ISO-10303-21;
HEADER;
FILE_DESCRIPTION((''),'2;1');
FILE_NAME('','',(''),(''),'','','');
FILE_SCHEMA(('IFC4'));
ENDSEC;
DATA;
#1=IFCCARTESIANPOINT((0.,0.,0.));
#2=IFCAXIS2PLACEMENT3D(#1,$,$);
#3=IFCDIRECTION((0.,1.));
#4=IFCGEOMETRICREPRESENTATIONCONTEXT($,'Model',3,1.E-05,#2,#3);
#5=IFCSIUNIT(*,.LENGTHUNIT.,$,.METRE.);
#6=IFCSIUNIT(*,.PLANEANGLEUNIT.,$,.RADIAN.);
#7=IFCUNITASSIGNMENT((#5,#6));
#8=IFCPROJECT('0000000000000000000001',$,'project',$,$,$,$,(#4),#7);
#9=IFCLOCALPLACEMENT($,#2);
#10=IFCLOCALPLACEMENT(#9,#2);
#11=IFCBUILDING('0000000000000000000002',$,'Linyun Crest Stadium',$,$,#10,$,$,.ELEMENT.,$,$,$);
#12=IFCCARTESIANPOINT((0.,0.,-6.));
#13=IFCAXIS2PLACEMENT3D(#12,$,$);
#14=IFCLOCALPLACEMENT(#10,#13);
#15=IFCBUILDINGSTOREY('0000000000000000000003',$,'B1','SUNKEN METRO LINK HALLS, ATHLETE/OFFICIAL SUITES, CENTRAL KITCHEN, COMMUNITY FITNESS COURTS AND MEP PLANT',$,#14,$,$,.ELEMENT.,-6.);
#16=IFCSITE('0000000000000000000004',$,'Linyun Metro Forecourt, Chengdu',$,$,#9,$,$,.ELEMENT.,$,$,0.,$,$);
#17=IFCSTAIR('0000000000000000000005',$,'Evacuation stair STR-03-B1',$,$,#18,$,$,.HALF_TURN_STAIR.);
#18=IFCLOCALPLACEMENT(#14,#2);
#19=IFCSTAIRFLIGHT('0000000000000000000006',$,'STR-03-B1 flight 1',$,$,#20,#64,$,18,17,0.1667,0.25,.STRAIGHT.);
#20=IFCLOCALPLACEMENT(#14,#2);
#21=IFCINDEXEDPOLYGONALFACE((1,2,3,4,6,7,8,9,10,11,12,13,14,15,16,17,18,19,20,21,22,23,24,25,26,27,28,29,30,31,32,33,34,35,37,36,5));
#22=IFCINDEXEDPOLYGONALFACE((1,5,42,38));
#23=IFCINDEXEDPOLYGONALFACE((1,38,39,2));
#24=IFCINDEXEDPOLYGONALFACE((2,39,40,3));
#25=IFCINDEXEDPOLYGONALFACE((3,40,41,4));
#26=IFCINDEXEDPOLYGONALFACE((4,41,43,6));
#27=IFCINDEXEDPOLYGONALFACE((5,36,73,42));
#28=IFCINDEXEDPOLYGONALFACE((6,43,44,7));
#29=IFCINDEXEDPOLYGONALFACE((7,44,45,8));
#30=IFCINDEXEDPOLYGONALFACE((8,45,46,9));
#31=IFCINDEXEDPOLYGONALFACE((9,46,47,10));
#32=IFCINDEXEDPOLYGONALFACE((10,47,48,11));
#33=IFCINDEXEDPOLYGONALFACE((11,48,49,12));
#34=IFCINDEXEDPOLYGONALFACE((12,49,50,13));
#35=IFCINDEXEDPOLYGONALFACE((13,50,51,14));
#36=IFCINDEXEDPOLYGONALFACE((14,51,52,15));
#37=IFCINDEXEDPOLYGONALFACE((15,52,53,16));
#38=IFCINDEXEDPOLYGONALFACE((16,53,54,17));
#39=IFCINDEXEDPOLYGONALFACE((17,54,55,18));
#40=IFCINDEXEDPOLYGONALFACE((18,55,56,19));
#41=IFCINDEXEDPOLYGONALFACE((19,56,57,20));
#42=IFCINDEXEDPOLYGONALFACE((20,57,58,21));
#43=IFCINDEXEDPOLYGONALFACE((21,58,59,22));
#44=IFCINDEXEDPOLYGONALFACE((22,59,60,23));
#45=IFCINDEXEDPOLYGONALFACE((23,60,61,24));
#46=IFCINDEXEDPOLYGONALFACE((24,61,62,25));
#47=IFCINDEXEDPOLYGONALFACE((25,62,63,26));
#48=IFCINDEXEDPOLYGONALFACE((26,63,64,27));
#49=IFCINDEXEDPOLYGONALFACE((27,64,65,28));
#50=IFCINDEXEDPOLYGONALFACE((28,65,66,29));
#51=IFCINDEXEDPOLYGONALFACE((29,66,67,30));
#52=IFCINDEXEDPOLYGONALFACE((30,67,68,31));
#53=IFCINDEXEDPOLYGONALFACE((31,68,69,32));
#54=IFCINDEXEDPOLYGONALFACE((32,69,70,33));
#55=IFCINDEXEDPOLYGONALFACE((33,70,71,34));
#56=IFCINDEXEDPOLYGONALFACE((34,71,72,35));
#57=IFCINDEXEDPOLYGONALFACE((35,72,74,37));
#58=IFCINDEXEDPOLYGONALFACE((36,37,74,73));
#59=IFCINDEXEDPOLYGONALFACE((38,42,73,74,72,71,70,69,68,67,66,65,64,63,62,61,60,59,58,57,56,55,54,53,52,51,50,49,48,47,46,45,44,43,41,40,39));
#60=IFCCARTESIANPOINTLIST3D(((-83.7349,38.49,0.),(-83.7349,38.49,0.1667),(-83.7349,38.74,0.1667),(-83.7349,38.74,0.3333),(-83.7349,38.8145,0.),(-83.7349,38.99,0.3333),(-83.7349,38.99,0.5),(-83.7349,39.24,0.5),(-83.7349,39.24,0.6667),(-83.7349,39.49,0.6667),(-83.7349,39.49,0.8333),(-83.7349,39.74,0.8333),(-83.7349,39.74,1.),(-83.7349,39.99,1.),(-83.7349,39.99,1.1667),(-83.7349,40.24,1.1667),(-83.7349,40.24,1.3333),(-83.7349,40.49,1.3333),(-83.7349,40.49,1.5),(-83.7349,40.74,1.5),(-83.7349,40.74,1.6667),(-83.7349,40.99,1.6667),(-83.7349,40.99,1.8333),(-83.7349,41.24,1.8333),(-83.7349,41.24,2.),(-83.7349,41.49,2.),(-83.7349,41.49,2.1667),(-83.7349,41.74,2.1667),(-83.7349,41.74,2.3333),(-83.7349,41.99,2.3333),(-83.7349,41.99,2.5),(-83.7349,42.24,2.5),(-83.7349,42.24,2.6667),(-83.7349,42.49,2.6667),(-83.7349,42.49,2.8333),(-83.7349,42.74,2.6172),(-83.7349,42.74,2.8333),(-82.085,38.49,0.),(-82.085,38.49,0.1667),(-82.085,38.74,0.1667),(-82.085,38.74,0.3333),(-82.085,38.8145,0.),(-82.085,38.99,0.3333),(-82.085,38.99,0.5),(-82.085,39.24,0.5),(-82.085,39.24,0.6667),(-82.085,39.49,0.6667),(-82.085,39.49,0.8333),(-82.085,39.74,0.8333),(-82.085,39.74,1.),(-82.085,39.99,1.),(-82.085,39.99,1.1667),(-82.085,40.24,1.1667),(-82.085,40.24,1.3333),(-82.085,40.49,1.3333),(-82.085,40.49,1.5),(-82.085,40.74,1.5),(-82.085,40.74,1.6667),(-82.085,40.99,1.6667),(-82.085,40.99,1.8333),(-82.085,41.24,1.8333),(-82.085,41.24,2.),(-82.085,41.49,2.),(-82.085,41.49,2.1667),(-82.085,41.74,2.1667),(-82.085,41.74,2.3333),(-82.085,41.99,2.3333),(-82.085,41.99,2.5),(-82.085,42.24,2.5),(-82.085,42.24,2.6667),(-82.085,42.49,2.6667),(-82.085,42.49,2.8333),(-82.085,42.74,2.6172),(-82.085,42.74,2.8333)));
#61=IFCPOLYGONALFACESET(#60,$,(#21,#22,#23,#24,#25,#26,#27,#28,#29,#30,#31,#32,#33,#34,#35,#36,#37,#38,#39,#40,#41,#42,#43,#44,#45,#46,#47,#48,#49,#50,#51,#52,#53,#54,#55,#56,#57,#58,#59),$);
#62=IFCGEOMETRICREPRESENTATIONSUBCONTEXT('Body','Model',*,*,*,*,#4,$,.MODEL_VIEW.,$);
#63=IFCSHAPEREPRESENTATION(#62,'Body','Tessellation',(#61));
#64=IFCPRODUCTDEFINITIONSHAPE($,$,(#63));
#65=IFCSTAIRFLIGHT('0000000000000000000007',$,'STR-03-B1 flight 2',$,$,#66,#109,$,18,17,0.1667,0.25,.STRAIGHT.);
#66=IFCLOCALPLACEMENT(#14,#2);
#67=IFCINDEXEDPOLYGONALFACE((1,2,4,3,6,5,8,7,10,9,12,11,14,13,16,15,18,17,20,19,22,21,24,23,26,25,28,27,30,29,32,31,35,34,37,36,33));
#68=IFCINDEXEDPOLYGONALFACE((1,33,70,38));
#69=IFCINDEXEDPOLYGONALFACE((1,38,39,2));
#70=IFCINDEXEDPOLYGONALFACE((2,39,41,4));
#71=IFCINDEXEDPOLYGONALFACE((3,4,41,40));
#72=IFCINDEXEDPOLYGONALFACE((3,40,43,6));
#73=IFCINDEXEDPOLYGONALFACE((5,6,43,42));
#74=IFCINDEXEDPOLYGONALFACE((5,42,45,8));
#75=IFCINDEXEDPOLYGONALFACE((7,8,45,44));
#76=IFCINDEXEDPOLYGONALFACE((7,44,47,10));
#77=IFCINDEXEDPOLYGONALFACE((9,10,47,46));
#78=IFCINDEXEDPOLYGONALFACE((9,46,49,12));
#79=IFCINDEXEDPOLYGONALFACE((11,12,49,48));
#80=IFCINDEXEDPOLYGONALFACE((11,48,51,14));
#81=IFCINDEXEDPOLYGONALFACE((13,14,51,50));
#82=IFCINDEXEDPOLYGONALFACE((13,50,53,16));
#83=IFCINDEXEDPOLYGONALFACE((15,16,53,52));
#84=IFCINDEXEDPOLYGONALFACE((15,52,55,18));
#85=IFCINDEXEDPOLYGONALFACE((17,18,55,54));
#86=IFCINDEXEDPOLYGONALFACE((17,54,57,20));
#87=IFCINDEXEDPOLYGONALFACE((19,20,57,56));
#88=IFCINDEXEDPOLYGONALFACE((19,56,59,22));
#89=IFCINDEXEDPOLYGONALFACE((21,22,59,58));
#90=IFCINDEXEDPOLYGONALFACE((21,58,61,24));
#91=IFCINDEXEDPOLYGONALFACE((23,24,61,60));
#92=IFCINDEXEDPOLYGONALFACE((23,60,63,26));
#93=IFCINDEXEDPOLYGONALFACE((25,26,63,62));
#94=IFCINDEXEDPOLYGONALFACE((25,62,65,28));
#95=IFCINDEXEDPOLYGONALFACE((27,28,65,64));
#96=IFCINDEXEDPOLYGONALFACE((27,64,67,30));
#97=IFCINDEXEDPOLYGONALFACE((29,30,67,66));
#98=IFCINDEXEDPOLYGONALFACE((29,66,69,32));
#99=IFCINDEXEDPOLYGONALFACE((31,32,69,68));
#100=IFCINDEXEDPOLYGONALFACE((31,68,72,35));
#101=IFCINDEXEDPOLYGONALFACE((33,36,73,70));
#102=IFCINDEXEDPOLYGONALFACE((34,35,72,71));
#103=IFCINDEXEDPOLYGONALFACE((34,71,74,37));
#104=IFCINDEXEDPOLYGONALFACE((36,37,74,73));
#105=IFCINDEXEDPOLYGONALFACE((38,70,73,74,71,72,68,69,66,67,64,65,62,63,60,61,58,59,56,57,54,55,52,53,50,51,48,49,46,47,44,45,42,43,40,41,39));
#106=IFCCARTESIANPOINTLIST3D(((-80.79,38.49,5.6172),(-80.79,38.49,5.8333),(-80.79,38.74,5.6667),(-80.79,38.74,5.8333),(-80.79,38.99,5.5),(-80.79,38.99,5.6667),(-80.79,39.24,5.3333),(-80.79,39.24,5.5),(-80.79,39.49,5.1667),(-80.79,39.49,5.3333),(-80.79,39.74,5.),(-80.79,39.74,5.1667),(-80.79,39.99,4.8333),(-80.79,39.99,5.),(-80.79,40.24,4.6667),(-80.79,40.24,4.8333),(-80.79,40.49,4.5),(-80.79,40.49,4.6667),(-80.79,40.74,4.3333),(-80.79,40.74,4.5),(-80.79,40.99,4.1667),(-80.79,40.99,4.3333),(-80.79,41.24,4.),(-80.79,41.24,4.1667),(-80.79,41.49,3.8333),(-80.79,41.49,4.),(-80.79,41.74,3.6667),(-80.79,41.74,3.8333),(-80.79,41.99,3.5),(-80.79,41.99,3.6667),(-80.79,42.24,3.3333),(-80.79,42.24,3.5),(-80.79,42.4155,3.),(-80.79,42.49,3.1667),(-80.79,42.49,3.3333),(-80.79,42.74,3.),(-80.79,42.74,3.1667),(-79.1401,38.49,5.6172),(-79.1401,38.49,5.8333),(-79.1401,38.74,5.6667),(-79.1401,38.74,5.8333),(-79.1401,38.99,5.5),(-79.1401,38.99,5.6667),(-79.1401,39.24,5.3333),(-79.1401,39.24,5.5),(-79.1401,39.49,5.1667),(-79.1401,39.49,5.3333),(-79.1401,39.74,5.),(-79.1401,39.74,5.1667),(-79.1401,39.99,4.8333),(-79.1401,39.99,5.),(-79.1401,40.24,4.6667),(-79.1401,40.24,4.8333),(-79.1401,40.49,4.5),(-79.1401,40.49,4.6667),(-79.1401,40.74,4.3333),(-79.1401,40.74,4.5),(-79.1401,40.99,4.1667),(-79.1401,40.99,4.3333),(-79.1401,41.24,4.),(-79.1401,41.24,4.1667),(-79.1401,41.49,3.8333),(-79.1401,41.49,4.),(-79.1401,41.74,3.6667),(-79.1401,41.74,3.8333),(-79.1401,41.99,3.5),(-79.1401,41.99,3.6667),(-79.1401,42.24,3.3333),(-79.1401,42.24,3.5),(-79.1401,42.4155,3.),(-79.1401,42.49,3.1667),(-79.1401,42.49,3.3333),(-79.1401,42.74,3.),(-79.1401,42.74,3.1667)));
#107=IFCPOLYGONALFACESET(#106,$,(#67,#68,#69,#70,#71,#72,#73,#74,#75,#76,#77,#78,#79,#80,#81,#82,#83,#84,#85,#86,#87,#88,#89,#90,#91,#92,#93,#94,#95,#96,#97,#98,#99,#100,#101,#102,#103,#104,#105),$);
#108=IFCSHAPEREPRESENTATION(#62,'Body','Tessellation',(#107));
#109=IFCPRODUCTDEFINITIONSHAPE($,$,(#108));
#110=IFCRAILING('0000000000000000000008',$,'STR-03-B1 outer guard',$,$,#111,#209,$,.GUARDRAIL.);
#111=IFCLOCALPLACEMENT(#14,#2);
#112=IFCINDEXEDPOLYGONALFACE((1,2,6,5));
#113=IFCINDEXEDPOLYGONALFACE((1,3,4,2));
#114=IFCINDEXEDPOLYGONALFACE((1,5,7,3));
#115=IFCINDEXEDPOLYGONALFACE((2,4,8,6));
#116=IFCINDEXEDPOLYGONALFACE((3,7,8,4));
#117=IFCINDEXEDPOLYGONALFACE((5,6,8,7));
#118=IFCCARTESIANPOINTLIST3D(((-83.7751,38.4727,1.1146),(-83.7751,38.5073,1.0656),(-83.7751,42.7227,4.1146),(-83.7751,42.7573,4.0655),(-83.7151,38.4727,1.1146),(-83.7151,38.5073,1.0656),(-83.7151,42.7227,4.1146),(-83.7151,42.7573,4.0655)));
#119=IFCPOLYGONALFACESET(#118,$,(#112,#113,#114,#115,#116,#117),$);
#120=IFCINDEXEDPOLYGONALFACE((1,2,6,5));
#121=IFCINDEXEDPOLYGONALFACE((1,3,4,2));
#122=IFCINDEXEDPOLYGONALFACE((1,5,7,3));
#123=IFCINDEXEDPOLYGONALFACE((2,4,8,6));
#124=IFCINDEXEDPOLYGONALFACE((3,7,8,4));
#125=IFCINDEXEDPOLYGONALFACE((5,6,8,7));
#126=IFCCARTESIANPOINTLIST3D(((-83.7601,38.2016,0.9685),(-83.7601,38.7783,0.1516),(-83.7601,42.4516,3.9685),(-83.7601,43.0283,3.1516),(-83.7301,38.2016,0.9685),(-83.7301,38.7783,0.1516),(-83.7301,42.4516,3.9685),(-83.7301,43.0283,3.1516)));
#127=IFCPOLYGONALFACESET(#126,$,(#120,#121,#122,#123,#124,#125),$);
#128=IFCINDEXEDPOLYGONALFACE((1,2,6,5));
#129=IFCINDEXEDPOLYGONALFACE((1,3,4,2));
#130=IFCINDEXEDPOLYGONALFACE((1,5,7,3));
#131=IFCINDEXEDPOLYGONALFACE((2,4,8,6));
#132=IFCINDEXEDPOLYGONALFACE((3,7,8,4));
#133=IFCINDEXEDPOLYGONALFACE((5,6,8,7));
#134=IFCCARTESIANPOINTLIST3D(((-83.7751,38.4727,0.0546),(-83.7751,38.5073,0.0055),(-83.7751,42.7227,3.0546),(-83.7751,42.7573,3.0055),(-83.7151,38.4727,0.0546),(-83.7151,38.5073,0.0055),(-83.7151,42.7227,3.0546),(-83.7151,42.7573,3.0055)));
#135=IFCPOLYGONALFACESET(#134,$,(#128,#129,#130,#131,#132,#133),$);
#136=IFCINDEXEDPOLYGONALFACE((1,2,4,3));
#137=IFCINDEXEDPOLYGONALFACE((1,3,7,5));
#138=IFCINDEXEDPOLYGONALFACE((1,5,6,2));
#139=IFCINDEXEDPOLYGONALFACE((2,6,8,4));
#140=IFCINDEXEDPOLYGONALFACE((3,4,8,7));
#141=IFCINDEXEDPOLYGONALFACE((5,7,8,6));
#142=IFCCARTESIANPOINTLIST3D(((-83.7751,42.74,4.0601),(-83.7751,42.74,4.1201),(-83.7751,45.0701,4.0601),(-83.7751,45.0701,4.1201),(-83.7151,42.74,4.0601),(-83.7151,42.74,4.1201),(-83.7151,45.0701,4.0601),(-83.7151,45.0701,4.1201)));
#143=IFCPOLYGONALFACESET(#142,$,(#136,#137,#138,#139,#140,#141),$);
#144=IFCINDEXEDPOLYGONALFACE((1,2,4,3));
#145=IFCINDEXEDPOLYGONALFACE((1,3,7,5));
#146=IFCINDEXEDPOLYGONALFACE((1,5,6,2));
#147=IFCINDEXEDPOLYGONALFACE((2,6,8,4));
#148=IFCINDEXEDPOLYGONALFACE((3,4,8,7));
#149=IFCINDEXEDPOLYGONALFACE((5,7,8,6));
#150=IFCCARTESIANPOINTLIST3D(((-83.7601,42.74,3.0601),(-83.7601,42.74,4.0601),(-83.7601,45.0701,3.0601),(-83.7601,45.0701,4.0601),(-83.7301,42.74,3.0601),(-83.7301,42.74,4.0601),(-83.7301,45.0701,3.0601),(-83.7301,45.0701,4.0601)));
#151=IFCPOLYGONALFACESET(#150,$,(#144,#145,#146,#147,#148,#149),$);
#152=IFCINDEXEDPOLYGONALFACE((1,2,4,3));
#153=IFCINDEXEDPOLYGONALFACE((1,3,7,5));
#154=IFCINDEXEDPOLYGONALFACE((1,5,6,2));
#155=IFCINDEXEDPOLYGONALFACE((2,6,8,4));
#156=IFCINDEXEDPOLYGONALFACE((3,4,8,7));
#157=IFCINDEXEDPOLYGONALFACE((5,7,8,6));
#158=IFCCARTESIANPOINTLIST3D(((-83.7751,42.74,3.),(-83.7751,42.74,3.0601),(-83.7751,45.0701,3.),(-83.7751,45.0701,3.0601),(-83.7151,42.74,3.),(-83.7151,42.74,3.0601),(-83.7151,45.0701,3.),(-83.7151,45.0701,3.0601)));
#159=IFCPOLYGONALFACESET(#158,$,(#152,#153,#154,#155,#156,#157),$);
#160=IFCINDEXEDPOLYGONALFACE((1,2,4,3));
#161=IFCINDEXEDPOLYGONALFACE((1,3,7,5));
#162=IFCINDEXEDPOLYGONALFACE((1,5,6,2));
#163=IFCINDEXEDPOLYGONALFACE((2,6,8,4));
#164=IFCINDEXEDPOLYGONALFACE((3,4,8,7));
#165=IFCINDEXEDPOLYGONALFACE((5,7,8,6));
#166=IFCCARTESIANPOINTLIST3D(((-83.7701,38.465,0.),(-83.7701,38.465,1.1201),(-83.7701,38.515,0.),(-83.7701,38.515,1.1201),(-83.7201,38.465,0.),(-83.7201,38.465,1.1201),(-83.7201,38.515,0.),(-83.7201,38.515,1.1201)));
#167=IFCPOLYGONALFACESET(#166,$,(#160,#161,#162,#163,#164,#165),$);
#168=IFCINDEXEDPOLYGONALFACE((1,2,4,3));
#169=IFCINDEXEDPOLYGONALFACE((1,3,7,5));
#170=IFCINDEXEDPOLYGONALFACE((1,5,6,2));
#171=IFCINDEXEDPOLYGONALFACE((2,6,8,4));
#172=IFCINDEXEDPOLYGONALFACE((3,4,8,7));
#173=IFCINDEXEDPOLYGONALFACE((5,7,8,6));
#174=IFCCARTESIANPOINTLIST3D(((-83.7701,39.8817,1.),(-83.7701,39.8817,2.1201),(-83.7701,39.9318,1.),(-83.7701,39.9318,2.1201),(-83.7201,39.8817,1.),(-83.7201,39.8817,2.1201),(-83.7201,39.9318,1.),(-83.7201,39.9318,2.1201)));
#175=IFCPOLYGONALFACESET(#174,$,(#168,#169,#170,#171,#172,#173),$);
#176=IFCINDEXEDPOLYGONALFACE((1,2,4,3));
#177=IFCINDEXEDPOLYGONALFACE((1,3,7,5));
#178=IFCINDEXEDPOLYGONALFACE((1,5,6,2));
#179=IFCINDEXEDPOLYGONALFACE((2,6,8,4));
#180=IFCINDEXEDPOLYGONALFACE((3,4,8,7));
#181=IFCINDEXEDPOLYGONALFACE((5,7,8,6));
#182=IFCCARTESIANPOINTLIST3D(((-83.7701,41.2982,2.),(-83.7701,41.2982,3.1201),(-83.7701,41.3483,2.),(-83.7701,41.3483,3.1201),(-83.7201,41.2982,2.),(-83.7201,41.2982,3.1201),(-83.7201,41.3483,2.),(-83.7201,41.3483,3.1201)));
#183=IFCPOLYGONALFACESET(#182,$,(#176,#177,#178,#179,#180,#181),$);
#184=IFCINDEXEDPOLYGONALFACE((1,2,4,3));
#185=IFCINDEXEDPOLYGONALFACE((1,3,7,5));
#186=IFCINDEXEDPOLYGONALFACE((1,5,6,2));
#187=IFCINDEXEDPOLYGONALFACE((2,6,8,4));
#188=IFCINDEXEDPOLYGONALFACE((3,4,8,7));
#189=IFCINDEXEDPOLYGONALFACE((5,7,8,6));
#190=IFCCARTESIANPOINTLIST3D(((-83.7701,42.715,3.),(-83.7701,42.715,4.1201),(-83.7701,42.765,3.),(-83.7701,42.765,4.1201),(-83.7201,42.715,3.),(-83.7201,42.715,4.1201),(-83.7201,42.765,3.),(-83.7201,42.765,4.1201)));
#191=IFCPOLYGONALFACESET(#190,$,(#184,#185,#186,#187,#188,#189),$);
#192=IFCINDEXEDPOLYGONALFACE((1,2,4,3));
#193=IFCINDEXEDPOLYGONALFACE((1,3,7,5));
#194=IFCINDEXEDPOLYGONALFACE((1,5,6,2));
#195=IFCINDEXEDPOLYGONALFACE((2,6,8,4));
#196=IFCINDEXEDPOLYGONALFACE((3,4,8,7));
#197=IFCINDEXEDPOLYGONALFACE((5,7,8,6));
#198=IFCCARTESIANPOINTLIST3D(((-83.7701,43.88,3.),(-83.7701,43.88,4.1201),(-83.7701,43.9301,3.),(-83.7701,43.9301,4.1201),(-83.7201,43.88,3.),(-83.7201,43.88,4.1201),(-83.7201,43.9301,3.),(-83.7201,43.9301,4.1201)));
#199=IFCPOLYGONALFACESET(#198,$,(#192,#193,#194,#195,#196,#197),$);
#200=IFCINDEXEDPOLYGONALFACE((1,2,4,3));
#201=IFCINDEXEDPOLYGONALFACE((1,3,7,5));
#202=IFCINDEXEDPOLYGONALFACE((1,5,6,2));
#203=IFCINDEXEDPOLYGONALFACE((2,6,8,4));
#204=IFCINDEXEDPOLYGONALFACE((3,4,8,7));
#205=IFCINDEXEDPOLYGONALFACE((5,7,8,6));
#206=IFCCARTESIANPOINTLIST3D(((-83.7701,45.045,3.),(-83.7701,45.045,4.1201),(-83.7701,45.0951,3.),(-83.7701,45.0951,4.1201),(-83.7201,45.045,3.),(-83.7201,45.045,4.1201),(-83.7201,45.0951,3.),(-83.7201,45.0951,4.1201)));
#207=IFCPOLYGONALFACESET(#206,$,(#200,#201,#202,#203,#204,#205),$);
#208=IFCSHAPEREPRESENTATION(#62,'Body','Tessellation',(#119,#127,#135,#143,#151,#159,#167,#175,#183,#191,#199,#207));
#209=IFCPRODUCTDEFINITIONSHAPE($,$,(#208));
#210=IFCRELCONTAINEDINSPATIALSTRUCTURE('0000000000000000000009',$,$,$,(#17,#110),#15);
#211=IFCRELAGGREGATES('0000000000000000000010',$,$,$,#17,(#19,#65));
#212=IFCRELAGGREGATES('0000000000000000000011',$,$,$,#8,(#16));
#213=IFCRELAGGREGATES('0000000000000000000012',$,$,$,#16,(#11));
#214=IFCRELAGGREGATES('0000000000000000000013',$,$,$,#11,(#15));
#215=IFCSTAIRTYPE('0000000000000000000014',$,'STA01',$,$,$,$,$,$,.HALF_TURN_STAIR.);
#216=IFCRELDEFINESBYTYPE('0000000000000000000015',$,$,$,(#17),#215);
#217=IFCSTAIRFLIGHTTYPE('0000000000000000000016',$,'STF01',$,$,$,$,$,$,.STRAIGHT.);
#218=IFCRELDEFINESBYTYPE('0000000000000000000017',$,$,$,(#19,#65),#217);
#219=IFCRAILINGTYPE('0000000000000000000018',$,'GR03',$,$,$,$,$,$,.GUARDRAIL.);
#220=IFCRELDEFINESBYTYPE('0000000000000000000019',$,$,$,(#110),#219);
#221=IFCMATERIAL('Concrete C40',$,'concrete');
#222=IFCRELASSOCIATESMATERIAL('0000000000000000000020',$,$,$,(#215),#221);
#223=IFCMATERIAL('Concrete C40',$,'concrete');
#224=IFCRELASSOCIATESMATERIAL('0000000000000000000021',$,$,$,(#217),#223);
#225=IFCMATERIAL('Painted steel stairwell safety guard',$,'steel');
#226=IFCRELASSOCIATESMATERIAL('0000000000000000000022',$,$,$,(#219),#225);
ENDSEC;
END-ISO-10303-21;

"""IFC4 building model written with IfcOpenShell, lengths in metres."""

from ifc_helpers import new_model, si_unit, direction, frame, origin, origin_2d, place, context, subcontext, project, spatial, polyline, rectangle, outline, extrude, material, type_object, element, aggregate, save


model = new_model("IFC4")

# Units and contexts
model_context = context("Model", 3, precision=1e-05, world=origin(), true_north=direction((0.0, 1.0)))
body_context = subcontext(model_context, "Body", "Model", "MODEL_VIEW")
ifc_project = project(units=[si_unit("LENGTHUNIT", "METRE"), si_unit("PLANEANGLEUNIT", "RADIAN")], contexts=[model_context])

# Site, building, storey
site_placement = place(None, origin())
site = spatial("IfcSite", under=ifc_project, at=site_placement, Name="Linyun Metro Forecourt, Chengdu", CompositionType="ELEMENT", RefElevation=0.0)
building_placement = place(site_placement, origin())
building = spatial("IfcBuilding", under=site, at=building_placement, Name="Linyun Crest Stadium", CompositionType="ELEMENT")
storey_placement = place(building_placement, frame((0.0, 0.0, -6.0)))
storey = spatial("IfcBuildingStorey", under=building, at=storey_placement, Name="B1", Description="SUNKEN METRO LINK HALLS, ATHLETE/OFFICIAL SUITES, CENTRAL KITCHEN, COMMUNITY FITNESS COURTS AND MEP PLANT", CompositionType="ELEMENT", Elevation=-6.0)

# Stair, stair flights
ifc_material_1 = material(Name="Concrete C40", Category="concrete")
stair_type = type_object("IfcStairType", Name="STA01", PredefinedType="HALF_TURN_STAIR", material=ifc_material_1)
stair_placement = place(storey_placement, origin())
stair = element("IfcStair", 1, at=stair_placement, inside=storey, type_object=stair_type, Name="Evacuation stair STR-03-B1", PredefinedType="HALF_TURN_STAIR")
ifc_material_2 = material(Name="Concrete C40", Category="concrete")
stair_flight_type = type_object("IfcStairFlightType", Name="STF01", PredefinedType="STRAIGHT", material=ifc_material_2)
stair_flight_1_placement = place(storey_placement, frame((-82.9099, 38.49, 0.0), z_axis=(0.0, 0.0, 1.0), x_axis=(0.0, 1.0, 0.0)))
stair_flight_1 = element("IfcStairFlight", 2, at=stair_flight_1_placement, type_object=stair_flight_type, Name="STR-03-B1 flight 1", NumberOfRisers=18, NumberOfTreads=17, PredefinedType="STRAIGHT", RiserHeight=0.1667, TreadLength=0.25, context=body_context, shape_type="SweptSolid", body=[
    extrude(outline(polyline([(0.0, 0.0), (0.0, 0.1667), (0.25, 0.1667), (0.25, 0.3333), (0.5, 0.3333), (0.5, 0.5), (0.75, 0.5), (0.75, 0.6667), (1.0, 0.6667), (1.0, 0.8333), (1.25, 0.8333), (1.25, 1.0), (1.5, 1.0), (1.5, 1.1667), (1.75, 1.1667), (1.75, 1.3333), (2.0, 1.3333), (2.0, 1.5), (2.25, 1.5), (2.25, 1.6667), (2.5, 1.6667), (2.5, 1.8333), (2.75, 1.8333), (2.75, 2.0), (3.0, 2.0), (3.0, 2.1667), (3.25, 2.1667), (3.25, 2.3333), (3.5, 2.3333), (3.5, 2.5), (3.75, 2.5), (3.75, 2.6667), (4.0, 2.6667), (4.0, 2.8333), (4.25, 2.8333), (4.25, 3.0), (4.25, 2.6172), (0.3245, 0.0), (0.0, 0.0)])), frame((0.0, 0.825, 0.0), z_axis=(0.0, -1.0, 0.0), x_axis=(1.0, 0.0, 0.0)), (0.0, 0.0, 1.0), 1.6499),
])
stair_flight_2_placement = place(storey_placement, frame((-79.9651, 42.74, 3.0), z_axis=(0.0, 0.0, 1.0), x_axis=(0.0, -1.0, 0.0)))
stair_flight_2 = element("IfcStairFlight", 3, at=stair_flight_2_placement, type_object=stair_flight_type, Name="STR-03-B1 flight 2", NumberOfRisers=18, NumberOfTreads=17, PredefinedType="STRAIGHT", RiserHeight=0.1667, TreadLength=0.25, context=body_context, shape_type="SweptSolid", body=[
    extrude(outline(polyline([(0.0, 0.0), (0.0, 0.1667), (0.25, 0.1667), (0.25, 0.3333), (0.5, 0.3333), (0.5, 0.5), (0.75, 0.5), (0.75, 0.6667), (1.0, 0.6667), (1.0, 0.8333), (1.25, 0.8333), (1.25, 1.0), (1.5, 1.0), (1.5, 1.1667), (1.75, 1.1667), (1.75, 1.3333), (2.0, 1.3333), (2.0, 1.5), (2.25, 1.5), (2.25, 1.6667), (2.5, 1.6667), (2.5, 1.8333), (2.75, 1.8333), (2.75, 2.0), (3.0, 2.0), (3.0, 2.1667), (3.25, 2.1667), (3.25, 2.3333), (3.5, 2.3333), (3.5, 2.5), (3.75, 2.5), (3.75, 2.6667), (4.0, 2.6667), (4.0, 2.8333), (4.25, 2.8333), (4.25, 3.0), (4.25, 2.6172), (0.3245, 0.0), (0.0, 0.0)])), frame((0.0, 0.825, 0.0), z_axis=(0.0, -1.0, 0.0), x_axis=(1.0, 0.0, 0.0)), (0.0, 0.0, 1.0), 1.6499),
])
aggregate(stair, [stair_flight_1, stair_flight_2])

# Railing
ifc_material_3 = material(Name="Painted steel stairwell safety guard", Category="steel")
railing_type_1 = type_object("IfcRailingType", Name="GR03", PredefinedType="GUARDRAIL", material=ifc_material_3)
railing_1_placement = place(storey_placement, frame((-83.7451, 38.49, 0.0)))
element("IfcRailing", 4, at=railing_1_placement, inside=storey, type_object=railing_type_1, Name="STR-03-B1 outer guard", PredefinedType="GUARDRAIL", context=body_context, shape_type="SweptSolid", body=[
    extrude(rectangle(XDim=0.0601, YDim=0.0601, at=origin_2d()), frame((0.0, 0.0, 1.0901), z_axis=(0.0, 0.816968, 0.576683), x_axis=(-1.0, 0.0, 0.0)), (0.0, 0.0, 1.0), 5.2021),
    extrude(rectangle(XDim=0.03, YDim=1.0, at=origin_2d()), frame((0.0, 0.0, 0.5601), z_axis=(0.0, 0.816968, 0.576683), x_axis=(-1.0, 0.0, 0.0)), (0.0, 0.0, 1.0), 5.2021),
    extrude(rectangle(XDim=0.0601, YDim=0.0601, at=origin_2d()), frame((0.0, 0.0, 0.03), z_axis=(0.0, 0.816968, 0.576683), x_axis=(-1.0, 0.0, 0.0)), (0.0, 0.0, 1.0), 5.2021),
    extrude(rectangle(XDim=0.0601, YDim=0.0601, at=origin_2d()), frame((0.0, 4.25, 4.0901), z_axis=(0.0, 1.0, 0.0), x_axis=(-1.0, 0.0, 0.0)), (0.0, 0.0, 1.0), 2.3301),
    extrude(rectangle(XDim=0.03, YDim=1.0, at=origin_2d()), frame((0.0, 4.25, 3.5601), z_axis=(0.0, 1.0, 0.0), x_axis=(-1.0, 0.0, 0.0)), (0.0, 0.0, 1.0), 2.3301),
    extrude(rectangle(XDim=0.0601, YDim=0.0601, at=origin_2d()), frame((0.0, 4.25, 3.03), z_axis=(0.0, 1.0, 0.0), x_axis=(-1.0, 0.0, 0.0)), (0.0, 0.0, 1.0), 2.3301),
    extrude(rectangle(XDim=0.05, YDim=0.05, at=origin_2d()), origin(), (0.0, 0.0, 1.0), 1.1201),
    extrude(rectangle(XDim=0.05, YDim=0.05, at=origin_2d()), frame((0.0, 1.4167, 1.0)), (0.0, 0.0, 1.0), 1.1201),
    extrude(rectangle(XDim=0.05, YDim=0.05, at=origin_2d()), frame((0.0, 2.8333, 2.0)), (0.0, 0.0, 1.0), 1.1201),
    extrude(rectangle(XDim=0.05, YDim=0.05, at=origin_2d()), frame((0.0, 4.25, 3.0)), (0.0, 0.0, 1.0), 1.1201),
    extrude(rectangle(XDim=0.05, YDim=0.05, at=origin_2d()), frame((0.0, 5.415, 3.0)), (0.0, 0.0, 1.0), 1.1201),
    extrude(rectangle(XDim=0.05, YDim=0.05, at=origin_2d()), frame((0.0, 6.5801, 3.0)), (0.0, 0.0, 1.0), 1.1201),
])

save(model, "model.ifc")
